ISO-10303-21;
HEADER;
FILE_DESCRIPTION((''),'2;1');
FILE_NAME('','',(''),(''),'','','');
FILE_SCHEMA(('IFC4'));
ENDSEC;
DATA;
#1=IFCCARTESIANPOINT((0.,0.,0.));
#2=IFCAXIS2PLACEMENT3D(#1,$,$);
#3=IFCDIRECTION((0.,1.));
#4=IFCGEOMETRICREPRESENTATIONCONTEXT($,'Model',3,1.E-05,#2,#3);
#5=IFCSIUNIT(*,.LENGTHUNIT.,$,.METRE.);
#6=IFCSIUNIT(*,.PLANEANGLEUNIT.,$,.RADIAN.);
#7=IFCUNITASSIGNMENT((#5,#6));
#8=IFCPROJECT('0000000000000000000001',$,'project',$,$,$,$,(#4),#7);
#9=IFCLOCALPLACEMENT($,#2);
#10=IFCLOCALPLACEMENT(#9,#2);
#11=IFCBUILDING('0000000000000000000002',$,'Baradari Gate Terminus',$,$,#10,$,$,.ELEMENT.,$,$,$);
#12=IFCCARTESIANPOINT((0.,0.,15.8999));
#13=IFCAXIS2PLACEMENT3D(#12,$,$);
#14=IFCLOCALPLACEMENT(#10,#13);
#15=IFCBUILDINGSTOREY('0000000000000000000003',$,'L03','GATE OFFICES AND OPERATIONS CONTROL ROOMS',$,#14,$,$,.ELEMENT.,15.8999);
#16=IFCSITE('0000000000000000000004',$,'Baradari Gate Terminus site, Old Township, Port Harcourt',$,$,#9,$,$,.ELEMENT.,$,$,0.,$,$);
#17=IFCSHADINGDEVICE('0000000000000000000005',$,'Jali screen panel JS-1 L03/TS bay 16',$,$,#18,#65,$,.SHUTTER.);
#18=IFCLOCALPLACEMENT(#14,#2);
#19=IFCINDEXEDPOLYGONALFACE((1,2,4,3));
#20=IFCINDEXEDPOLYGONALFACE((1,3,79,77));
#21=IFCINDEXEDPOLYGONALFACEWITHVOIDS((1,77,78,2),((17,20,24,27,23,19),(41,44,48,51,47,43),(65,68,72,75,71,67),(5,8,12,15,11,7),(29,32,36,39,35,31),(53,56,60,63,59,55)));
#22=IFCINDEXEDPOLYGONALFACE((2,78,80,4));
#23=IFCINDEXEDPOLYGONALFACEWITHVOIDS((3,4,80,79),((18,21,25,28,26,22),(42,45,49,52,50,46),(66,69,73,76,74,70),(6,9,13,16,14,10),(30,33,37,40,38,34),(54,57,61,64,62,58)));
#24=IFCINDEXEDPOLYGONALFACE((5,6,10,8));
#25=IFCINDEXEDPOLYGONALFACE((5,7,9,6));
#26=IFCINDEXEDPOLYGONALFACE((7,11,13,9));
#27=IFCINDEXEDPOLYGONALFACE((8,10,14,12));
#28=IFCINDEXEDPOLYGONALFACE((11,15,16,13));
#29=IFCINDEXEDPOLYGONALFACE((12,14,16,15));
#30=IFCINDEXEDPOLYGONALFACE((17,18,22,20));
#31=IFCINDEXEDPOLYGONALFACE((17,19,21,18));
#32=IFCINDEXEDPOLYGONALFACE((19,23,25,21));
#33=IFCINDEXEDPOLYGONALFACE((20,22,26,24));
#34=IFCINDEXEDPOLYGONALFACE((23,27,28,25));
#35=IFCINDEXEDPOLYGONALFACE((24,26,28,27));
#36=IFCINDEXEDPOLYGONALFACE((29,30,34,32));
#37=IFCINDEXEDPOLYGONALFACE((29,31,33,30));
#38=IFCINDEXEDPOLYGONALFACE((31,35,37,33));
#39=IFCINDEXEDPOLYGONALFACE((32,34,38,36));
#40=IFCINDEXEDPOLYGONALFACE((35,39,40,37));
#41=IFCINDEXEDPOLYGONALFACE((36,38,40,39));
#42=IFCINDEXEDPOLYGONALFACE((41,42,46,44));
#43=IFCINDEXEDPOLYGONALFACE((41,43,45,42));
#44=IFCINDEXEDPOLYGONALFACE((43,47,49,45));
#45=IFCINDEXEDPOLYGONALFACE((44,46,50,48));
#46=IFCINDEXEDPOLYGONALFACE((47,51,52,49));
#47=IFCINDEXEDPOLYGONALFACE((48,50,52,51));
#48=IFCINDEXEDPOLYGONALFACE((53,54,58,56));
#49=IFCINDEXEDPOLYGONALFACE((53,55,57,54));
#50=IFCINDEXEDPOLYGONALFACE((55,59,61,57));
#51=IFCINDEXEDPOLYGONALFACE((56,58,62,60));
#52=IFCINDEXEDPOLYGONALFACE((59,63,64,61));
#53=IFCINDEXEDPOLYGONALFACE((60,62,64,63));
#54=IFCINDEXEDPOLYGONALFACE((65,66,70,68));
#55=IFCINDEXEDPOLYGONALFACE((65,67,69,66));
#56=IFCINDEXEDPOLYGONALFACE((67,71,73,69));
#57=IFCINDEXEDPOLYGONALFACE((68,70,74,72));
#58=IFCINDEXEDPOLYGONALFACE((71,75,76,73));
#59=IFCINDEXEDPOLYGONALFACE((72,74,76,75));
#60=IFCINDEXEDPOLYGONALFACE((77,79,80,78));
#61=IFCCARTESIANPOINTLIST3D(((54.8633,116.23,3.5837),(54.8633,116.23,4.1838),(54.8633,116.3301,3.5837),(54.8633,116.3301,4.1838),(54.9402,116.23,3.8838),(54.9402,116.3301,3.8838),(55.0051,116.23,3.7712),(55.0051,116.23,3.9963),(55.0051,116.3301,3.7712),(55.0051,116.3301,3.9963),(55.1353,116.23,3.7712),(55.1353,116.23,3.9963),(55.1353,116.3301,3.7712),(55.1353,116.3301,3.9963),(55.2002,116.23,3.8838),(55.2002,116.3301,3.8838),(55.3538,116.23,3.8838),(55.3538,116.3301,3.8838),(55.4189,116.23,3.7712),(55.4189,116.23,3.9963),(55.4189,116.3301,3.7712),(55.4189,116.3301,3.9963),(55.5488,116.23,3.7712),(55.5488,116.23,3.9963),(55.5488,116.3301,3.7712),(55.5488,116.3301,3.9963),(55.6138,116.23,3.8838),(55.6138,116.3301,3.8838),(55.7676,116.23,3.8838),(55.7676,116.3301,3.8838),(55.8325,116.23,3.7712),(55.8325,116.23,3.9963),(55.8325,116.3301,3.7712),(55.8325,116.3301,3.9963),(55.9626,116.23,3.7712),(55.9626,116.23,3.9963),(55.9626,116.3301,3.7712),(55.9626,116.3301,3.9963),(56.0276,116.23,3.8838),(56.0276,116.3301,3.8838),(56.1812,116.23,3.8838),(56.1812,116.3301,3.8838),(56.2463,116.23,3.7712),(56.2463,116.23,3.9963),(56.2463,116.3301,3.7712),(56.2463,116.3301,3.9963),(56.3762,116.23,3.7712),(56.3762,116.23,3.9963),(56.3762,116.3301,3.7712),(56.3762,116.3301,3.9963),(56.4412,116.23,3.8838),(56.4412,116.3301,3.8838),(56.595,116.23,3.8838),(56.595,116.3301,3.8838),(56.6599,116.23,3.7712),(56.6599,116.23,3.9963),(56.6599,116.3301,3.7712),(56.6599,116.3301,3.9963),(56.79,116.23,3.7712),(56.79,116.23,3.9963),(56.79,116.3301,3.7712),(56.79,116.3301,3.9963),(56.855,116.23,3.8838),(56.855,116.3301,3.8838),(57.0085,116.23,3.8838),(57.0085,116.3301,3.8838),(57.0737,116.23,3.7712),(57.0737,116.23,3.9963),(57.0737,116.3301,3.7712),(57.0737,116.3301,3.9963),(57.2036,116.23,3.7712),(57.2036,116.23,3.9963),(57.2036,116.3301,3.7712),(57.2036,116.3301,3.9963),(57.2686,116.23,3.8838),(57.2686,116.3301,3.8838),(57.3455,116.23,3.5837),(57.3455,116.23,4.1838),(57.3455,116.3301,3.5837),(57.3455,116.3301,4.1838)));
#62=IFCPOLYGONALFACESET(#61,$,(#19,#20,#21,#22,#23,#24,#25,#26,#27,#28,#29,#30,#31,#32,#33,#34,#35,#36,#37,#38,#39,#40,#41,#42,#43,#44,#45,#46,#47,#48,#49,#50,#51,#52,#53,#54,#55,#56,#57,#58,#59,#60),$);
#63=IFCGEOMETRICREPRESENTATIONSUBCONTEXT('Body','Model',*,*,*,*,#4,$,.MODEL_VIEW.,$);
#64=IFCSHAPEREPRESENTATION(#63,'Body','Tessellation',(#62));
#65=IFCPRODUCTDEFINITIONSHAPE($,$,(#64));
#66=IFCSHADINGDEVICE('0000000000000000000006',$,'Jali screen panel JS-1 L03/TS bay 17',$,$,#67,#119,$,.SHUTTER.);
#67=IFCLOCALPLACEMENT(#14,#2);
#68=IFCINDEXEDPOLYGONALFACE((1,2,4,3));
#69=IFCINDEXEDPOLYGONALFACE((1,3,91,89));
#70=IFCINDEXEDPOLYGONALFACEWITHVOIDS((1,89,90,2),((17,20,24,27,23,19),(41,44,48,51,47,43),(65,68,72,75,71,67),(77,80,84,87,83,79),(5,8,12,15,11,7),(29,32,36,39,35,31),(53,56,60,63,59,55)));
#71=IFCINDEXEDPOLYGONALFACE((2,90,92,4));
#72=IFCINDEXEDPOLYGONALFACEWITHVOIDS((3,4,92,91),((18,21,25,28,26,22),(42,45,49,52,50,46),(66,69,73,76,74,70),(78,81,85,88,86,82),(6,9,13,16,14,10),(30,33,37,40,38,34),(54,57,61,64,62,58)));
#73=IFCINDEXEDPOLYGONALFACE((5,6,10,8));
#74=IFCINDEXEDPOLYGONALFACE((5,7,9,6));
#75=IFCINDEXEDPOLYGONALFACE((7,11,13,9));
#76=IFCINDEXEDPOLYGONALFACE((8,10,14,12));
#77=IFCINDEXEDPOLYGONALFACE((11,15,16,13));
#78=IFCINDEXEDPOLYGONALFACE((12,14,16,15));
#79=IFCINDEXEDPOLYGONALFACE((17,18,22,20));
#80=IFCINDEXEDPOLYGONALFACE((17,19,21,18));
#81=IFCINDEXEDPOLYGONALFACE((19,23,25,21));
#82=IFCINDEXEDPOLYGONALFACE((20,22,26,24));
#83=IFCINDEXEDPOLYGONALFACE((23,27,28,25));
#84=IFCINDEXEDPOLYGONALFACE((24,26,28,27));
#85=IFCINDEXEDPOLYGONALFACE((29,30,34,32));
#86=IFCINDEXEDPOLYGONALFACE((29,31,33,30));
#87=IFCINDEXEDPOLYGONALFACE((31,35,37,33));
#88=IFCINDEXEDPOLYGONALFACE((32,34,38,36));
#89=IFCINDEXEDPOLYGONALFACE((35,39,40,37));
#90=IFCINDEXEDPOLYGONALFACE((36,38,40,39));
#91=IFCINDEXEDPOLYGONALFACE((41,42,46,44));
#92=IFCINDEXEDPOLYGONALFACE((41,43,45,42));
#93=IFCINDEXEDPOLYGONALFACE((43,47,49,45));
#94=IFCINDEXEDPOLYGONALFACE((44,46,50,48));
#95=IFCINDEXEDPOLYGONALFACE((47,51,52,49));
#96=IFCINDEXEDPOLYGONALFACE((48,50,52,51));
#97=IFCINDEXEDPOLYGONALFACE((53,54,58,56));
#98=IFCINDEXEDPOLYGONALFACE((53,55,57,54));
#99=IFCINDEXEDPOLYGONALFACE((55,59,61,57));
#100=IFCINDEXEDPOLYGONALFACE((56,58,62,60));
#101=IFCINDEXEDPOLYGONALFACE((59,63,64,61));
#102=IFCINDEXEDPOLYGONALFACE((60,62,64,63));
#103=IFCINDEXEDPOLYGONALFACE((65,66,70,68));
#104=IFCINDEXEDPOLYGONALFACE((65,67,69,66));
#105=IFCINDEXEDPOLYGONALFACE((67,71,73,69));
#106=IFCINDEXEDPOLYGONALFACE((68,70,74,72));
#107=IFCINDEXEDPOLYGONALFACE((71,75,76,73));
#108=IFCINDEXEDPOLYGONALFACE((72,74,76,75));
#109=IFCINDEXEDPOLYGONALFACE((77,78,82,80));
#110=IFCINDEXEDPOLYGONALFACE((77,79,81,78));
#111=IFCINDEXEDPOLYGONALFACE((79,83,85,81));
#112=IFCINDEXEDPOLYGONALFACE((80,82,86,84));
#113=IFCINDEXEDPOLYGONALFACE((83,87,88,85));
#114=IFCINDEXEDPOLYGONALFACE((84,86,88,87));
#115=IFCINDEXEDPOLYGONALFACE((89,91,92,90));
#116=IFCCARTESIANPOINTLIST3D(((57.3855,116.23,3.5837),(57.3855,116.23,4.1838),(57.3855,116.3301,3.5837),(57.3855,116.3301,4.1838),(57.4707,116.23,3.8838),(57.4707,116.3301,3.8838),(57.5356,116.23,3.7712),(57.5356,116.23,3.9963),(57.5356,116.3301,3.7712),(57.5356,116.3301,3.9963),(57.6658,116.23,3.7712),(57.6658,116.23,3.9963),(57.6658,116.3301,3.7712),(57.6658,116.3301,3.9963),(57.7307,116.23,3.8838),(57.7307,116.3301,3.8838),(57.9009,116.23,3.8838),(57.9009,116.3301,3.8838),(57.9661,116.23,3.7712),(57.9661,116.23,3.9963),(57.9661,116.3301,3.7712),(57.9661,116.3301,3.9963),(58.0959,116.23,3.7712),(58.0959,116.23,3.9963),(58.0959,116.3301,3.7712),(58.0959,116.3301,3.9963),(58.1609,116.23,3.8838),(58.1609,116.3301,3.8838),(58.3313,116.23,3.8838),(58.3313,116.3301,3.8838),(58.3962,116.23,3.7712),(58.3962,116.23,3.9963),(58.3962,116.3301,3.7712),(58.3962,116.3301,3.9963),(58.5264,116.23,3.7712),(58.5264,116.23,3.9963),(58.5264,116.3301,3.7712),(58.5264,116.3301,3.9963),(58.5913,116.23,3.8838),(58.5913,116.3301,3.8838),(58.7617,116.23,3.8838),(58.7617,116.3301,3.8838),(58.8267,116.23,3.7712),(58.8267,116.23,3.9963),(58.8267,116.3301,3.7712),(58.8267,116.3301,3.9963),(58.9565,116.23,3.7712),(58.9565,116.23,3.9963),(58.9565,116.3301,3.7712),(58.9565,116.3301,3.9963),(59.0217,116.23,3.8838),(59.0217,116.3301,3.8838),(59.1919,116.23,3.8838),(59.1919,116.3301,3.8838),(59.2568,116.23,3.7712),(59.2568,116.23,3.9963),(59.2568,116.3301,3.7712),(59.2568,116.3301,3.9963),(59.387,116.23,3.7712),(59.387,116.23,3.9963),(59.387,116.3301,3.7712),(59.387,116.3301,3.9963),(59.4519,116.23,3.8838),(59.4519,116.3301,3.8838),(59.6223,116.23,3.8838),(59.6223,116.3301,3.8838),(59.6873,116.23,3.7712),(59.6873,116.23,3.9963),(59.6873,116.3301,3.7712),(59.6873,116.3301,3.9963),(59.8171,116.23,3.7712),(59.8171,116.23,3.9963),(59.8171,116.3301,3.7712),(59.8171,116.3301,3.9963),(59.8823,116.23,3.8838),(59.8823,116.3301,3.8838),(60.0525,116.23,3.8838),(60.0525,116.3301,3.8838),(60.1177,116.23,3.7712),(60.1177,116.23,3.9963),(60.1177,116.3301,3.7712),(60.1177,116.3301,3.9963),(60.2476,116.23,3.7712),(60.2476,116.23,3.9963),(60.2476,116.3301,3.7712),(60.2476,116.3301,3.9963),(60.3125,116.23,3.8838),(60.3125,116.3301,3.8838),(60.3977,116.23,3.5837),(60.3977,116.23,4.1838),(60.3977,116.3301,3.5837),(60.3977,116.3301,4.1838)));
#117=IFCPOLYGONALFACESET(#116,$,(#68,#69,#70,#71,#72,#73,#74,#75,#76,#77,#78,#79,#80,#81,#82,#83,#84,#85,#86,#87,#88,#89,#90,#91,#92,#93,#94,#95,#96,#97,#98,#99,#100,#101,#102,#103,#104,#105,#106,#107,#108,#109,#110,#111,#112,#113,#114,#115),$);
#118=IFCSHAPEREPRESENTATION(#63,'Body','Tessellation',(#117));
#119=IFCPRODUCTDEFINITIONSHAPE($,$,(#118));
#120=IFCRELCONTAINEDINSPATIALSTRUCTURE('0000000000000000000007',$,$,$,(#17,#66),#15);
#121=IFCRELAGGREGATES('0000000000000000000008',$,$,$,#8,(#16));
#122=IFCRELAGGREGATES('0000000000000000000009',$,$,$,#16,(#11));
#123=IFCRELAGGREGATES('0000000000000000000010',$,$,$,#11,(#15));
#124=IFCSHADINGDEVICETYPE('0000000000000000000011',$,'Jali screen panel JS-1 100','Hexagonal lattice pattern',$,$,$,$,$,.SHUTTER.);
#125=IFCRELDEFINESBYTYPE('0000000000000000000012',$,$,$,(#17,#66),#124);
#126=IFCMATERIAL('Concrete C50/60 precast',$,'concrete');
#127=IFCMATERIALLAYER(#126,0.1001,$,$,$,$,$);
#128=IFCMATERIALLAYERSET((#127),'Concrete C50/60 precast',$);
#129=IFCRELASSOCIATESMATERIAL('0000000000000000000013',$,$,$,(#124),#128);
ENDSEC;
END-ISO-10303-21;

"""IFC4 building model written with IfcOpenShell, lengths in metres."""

from ifc_helpers import new_model, si_unit, direction, frame, origin, place, context, subcontext, project, spatial, polyline, outline, extrude, material, layer, layer_set, type_object, element, save


model = new_model("IFC4")

# Units and contexts
model_context = context("Model", 3, precision=1e-05, world=origin(), true_north=direction((0.0, 1.0)))
body_context = subcontext(model_context, "Body", "Model", "MODEL_VIEW")
ifc_project = project(units=[si_unit("LENGTHUNIT", "METRE"), si_unit("PLANEANGLEUNIT", "RADIAN")], contexts=[model_context])

# Site, building, storey
site_placement = place(None, origin())
site = spatial("IfcSite", under=ifc_project, at=site_placement, Name="Baradari Gate Terminus site, Old Township, Port Harcourt", CompositionType="ELEMENT", RefElevation=0.0)
building_placement = place(site_placement, origin())
building = spatial("IfcBuilding", under=site, at=building_placement, Name="Baradari Gate Terminus", CompositionType="ELEMENT")
storey_placement = place(building_placement, frame((0.0, 0.0, 15.8999)))
storey = spatial("IfcBuildingStorey", under=building, at=storey_placement, Name="L03", Description="GATE OFFICES AND OPERATIONS CONTROL ROOMS", CompositionType="ELEMENT", Elevation=15.8999)

# Shading devices
ifc_material_1 = material(Name="Concrete C50/60 precast", Category="concrete")
ifc_layer = layer(ifc_material_1, 0.1001)
ifc_layer_set = layer_set([ifc_layer], Name="Concrete C50/60 precast")
shading_device_type = type_object("IfcShadingDeviceType", Name="Jali screen panel JS-1 100", Description="Hexagonal lattice pattern", PredefinedType="SHUTTER", material=ifc_layer_set)
shading_device_1_placement = place(storey_placement, frame((54.8633, 116.28, 3.5837), z_axis=(0.0, 0.0, 1.0), x_axis=(1.0, 0.0, 0.0)))
element("IfcShadingDevice", 1, at=shading_device_1_placement, inside=storey, type_object=shading_device_type, Name="Jali screen panel JS-1 L03/TS bay 16", PredefinedType="SHUTTER", context=body_context, shape_type="SweptSolid", body=[
    extrude(outline(polyline([(0.0, 0.0), (2.4822, 0.0), (2.4822, 0.6001), (0.0, 0.6001), (0.0, 0.0)]), holes=[polyline([(0.3369, 0.3), (0.272, 0.1875), (0.1418, 0.1875), (0.0769, 0.3), (0.1418, 0.4126), (0.272, 0.4126), (0.3369, 0.3)]), polyline([(0.7505, 0.3), (0.6855, 0.1875), (0.5557, 0.1875), (0.4905, 0.3), (0.5557, 0.4126), (0.6855, 0.4126), (0.7505, 0.3)]), polyline([(1.1643, 0.3), (1.0994, 0.1875), (0.9692, 0.1875), (0.9043, 0.3), (0.9692, 0.4126), (1.0994, 0.4126), (1.1643, 0.3)]), polyline([(1.5779, 0.3), (1.5129, 0.1875), (1.3831, 0.1875), (1.3179, 0.3), (1.3831, 0.4126), (1.5129, 0.4126), (1.5779, 0.3)]), polyline([(1.9917, 0.3), (1.9268, 0.1875), (1.7966, 0.1875), (1.7317, 0.3), (1.7966, 0.4126), (1.9268, 0.4126), (1.9917, 0.3)]), polyline([(2.4053, 0.3), (2.3403, 0.1875), (2.2104, 0.1875), (2.1453, 0.3), (2.2104, 0.4126), (2.3403, 0.4126), (2.4053, 0.3)])]), frame((0.0, 0.05, 0.0), z_axis=(0.0, -1.0, 0.0), x_axis=(1.0, 0.0, 0.0)), (0.0, 0.0, 1.0), 0.1001),
])
shading_device_2_placement = place(storey_placement, frame((57.3855, 116.28, 3.5837), z_axis=(0.0, 0.0, 1.0), x_axis=(1.0, 0.0, 0.0)))
element("IfcShadingDevice", 2, at=shading_device_2_placement, inside=storey, type_object=shading_device_type, Name="Jali screen panel JS-1 L03/TS bay 17", PredefinedType="SHUTTER", context=body_context, shape_type="SweptSolid", body=[
    extrude(outline(polyline([(0.0, 0.0), (3.0122, 0.0), (3.0122, 0.6001), (0.0, 0.6001), (0.0, 0.0)]), holes=[polyline([(0.3452, 0.3), (0.2803, 0.1875), (0.1501, 0.1875), (0.0852, 0.3), (0.1501, 0.4126), (0.2803, 0.4126), (0.3452, 0.3)]), polyline([(0.7754, 0.3), (0.7104, 0.1875), (0.5806, 0.1875), (0.5154, 0.3), (0.5806, 0.4126), (0.7104, 0.4126), (0.7754, 0.3)]), polyline([(1.2058, 0.3), (1.1409, 0.1875), (1.0107, 0.1875), (0.9458, 0.3), (1.0107, 0.4126), (1.1409, 0.4126), (1.2058, 0.3)]), polyline([(1.6362, 0.3), (1.571, 0.1875), (1.4412, 0.1875), (1.3762, 0.3), (1.4412, 0.4126), (1.571, 0.4126), (1.6362, 0.3)]), polyline([(2.0664, 0.3), (2.0015, 0.1875), (1.8713, 0.1875), (1.8064, 0.3), (1.8713, 0.4126), (2.0015, 0.4126), (2.0664, 0.3)]), polyline([(2.4968, 0.3), (2.4316, 0.1875), (2.3018, 0.1875), (2.2368, 0.3), (2.3018, 0.4126), (2.4316, 0.4126), (2.4968, 0.3)]), polyline([(2.927, 0.3), (2.8621, 0.1875), (2.7322, 0.1875), (2.667, 0.3), (2.7322, 0.4126), (2.8621, 0.4126), (2.927, 0.3)])]), frame((0.0, 0.05, 0.0), z_axis=(0.0, -1.0, 0.0), x_axis=(1.0, 0.0, 0.0)), (0.0, 0.0, 1.0), 0.1001),
])

save(model, "model.ifc")
